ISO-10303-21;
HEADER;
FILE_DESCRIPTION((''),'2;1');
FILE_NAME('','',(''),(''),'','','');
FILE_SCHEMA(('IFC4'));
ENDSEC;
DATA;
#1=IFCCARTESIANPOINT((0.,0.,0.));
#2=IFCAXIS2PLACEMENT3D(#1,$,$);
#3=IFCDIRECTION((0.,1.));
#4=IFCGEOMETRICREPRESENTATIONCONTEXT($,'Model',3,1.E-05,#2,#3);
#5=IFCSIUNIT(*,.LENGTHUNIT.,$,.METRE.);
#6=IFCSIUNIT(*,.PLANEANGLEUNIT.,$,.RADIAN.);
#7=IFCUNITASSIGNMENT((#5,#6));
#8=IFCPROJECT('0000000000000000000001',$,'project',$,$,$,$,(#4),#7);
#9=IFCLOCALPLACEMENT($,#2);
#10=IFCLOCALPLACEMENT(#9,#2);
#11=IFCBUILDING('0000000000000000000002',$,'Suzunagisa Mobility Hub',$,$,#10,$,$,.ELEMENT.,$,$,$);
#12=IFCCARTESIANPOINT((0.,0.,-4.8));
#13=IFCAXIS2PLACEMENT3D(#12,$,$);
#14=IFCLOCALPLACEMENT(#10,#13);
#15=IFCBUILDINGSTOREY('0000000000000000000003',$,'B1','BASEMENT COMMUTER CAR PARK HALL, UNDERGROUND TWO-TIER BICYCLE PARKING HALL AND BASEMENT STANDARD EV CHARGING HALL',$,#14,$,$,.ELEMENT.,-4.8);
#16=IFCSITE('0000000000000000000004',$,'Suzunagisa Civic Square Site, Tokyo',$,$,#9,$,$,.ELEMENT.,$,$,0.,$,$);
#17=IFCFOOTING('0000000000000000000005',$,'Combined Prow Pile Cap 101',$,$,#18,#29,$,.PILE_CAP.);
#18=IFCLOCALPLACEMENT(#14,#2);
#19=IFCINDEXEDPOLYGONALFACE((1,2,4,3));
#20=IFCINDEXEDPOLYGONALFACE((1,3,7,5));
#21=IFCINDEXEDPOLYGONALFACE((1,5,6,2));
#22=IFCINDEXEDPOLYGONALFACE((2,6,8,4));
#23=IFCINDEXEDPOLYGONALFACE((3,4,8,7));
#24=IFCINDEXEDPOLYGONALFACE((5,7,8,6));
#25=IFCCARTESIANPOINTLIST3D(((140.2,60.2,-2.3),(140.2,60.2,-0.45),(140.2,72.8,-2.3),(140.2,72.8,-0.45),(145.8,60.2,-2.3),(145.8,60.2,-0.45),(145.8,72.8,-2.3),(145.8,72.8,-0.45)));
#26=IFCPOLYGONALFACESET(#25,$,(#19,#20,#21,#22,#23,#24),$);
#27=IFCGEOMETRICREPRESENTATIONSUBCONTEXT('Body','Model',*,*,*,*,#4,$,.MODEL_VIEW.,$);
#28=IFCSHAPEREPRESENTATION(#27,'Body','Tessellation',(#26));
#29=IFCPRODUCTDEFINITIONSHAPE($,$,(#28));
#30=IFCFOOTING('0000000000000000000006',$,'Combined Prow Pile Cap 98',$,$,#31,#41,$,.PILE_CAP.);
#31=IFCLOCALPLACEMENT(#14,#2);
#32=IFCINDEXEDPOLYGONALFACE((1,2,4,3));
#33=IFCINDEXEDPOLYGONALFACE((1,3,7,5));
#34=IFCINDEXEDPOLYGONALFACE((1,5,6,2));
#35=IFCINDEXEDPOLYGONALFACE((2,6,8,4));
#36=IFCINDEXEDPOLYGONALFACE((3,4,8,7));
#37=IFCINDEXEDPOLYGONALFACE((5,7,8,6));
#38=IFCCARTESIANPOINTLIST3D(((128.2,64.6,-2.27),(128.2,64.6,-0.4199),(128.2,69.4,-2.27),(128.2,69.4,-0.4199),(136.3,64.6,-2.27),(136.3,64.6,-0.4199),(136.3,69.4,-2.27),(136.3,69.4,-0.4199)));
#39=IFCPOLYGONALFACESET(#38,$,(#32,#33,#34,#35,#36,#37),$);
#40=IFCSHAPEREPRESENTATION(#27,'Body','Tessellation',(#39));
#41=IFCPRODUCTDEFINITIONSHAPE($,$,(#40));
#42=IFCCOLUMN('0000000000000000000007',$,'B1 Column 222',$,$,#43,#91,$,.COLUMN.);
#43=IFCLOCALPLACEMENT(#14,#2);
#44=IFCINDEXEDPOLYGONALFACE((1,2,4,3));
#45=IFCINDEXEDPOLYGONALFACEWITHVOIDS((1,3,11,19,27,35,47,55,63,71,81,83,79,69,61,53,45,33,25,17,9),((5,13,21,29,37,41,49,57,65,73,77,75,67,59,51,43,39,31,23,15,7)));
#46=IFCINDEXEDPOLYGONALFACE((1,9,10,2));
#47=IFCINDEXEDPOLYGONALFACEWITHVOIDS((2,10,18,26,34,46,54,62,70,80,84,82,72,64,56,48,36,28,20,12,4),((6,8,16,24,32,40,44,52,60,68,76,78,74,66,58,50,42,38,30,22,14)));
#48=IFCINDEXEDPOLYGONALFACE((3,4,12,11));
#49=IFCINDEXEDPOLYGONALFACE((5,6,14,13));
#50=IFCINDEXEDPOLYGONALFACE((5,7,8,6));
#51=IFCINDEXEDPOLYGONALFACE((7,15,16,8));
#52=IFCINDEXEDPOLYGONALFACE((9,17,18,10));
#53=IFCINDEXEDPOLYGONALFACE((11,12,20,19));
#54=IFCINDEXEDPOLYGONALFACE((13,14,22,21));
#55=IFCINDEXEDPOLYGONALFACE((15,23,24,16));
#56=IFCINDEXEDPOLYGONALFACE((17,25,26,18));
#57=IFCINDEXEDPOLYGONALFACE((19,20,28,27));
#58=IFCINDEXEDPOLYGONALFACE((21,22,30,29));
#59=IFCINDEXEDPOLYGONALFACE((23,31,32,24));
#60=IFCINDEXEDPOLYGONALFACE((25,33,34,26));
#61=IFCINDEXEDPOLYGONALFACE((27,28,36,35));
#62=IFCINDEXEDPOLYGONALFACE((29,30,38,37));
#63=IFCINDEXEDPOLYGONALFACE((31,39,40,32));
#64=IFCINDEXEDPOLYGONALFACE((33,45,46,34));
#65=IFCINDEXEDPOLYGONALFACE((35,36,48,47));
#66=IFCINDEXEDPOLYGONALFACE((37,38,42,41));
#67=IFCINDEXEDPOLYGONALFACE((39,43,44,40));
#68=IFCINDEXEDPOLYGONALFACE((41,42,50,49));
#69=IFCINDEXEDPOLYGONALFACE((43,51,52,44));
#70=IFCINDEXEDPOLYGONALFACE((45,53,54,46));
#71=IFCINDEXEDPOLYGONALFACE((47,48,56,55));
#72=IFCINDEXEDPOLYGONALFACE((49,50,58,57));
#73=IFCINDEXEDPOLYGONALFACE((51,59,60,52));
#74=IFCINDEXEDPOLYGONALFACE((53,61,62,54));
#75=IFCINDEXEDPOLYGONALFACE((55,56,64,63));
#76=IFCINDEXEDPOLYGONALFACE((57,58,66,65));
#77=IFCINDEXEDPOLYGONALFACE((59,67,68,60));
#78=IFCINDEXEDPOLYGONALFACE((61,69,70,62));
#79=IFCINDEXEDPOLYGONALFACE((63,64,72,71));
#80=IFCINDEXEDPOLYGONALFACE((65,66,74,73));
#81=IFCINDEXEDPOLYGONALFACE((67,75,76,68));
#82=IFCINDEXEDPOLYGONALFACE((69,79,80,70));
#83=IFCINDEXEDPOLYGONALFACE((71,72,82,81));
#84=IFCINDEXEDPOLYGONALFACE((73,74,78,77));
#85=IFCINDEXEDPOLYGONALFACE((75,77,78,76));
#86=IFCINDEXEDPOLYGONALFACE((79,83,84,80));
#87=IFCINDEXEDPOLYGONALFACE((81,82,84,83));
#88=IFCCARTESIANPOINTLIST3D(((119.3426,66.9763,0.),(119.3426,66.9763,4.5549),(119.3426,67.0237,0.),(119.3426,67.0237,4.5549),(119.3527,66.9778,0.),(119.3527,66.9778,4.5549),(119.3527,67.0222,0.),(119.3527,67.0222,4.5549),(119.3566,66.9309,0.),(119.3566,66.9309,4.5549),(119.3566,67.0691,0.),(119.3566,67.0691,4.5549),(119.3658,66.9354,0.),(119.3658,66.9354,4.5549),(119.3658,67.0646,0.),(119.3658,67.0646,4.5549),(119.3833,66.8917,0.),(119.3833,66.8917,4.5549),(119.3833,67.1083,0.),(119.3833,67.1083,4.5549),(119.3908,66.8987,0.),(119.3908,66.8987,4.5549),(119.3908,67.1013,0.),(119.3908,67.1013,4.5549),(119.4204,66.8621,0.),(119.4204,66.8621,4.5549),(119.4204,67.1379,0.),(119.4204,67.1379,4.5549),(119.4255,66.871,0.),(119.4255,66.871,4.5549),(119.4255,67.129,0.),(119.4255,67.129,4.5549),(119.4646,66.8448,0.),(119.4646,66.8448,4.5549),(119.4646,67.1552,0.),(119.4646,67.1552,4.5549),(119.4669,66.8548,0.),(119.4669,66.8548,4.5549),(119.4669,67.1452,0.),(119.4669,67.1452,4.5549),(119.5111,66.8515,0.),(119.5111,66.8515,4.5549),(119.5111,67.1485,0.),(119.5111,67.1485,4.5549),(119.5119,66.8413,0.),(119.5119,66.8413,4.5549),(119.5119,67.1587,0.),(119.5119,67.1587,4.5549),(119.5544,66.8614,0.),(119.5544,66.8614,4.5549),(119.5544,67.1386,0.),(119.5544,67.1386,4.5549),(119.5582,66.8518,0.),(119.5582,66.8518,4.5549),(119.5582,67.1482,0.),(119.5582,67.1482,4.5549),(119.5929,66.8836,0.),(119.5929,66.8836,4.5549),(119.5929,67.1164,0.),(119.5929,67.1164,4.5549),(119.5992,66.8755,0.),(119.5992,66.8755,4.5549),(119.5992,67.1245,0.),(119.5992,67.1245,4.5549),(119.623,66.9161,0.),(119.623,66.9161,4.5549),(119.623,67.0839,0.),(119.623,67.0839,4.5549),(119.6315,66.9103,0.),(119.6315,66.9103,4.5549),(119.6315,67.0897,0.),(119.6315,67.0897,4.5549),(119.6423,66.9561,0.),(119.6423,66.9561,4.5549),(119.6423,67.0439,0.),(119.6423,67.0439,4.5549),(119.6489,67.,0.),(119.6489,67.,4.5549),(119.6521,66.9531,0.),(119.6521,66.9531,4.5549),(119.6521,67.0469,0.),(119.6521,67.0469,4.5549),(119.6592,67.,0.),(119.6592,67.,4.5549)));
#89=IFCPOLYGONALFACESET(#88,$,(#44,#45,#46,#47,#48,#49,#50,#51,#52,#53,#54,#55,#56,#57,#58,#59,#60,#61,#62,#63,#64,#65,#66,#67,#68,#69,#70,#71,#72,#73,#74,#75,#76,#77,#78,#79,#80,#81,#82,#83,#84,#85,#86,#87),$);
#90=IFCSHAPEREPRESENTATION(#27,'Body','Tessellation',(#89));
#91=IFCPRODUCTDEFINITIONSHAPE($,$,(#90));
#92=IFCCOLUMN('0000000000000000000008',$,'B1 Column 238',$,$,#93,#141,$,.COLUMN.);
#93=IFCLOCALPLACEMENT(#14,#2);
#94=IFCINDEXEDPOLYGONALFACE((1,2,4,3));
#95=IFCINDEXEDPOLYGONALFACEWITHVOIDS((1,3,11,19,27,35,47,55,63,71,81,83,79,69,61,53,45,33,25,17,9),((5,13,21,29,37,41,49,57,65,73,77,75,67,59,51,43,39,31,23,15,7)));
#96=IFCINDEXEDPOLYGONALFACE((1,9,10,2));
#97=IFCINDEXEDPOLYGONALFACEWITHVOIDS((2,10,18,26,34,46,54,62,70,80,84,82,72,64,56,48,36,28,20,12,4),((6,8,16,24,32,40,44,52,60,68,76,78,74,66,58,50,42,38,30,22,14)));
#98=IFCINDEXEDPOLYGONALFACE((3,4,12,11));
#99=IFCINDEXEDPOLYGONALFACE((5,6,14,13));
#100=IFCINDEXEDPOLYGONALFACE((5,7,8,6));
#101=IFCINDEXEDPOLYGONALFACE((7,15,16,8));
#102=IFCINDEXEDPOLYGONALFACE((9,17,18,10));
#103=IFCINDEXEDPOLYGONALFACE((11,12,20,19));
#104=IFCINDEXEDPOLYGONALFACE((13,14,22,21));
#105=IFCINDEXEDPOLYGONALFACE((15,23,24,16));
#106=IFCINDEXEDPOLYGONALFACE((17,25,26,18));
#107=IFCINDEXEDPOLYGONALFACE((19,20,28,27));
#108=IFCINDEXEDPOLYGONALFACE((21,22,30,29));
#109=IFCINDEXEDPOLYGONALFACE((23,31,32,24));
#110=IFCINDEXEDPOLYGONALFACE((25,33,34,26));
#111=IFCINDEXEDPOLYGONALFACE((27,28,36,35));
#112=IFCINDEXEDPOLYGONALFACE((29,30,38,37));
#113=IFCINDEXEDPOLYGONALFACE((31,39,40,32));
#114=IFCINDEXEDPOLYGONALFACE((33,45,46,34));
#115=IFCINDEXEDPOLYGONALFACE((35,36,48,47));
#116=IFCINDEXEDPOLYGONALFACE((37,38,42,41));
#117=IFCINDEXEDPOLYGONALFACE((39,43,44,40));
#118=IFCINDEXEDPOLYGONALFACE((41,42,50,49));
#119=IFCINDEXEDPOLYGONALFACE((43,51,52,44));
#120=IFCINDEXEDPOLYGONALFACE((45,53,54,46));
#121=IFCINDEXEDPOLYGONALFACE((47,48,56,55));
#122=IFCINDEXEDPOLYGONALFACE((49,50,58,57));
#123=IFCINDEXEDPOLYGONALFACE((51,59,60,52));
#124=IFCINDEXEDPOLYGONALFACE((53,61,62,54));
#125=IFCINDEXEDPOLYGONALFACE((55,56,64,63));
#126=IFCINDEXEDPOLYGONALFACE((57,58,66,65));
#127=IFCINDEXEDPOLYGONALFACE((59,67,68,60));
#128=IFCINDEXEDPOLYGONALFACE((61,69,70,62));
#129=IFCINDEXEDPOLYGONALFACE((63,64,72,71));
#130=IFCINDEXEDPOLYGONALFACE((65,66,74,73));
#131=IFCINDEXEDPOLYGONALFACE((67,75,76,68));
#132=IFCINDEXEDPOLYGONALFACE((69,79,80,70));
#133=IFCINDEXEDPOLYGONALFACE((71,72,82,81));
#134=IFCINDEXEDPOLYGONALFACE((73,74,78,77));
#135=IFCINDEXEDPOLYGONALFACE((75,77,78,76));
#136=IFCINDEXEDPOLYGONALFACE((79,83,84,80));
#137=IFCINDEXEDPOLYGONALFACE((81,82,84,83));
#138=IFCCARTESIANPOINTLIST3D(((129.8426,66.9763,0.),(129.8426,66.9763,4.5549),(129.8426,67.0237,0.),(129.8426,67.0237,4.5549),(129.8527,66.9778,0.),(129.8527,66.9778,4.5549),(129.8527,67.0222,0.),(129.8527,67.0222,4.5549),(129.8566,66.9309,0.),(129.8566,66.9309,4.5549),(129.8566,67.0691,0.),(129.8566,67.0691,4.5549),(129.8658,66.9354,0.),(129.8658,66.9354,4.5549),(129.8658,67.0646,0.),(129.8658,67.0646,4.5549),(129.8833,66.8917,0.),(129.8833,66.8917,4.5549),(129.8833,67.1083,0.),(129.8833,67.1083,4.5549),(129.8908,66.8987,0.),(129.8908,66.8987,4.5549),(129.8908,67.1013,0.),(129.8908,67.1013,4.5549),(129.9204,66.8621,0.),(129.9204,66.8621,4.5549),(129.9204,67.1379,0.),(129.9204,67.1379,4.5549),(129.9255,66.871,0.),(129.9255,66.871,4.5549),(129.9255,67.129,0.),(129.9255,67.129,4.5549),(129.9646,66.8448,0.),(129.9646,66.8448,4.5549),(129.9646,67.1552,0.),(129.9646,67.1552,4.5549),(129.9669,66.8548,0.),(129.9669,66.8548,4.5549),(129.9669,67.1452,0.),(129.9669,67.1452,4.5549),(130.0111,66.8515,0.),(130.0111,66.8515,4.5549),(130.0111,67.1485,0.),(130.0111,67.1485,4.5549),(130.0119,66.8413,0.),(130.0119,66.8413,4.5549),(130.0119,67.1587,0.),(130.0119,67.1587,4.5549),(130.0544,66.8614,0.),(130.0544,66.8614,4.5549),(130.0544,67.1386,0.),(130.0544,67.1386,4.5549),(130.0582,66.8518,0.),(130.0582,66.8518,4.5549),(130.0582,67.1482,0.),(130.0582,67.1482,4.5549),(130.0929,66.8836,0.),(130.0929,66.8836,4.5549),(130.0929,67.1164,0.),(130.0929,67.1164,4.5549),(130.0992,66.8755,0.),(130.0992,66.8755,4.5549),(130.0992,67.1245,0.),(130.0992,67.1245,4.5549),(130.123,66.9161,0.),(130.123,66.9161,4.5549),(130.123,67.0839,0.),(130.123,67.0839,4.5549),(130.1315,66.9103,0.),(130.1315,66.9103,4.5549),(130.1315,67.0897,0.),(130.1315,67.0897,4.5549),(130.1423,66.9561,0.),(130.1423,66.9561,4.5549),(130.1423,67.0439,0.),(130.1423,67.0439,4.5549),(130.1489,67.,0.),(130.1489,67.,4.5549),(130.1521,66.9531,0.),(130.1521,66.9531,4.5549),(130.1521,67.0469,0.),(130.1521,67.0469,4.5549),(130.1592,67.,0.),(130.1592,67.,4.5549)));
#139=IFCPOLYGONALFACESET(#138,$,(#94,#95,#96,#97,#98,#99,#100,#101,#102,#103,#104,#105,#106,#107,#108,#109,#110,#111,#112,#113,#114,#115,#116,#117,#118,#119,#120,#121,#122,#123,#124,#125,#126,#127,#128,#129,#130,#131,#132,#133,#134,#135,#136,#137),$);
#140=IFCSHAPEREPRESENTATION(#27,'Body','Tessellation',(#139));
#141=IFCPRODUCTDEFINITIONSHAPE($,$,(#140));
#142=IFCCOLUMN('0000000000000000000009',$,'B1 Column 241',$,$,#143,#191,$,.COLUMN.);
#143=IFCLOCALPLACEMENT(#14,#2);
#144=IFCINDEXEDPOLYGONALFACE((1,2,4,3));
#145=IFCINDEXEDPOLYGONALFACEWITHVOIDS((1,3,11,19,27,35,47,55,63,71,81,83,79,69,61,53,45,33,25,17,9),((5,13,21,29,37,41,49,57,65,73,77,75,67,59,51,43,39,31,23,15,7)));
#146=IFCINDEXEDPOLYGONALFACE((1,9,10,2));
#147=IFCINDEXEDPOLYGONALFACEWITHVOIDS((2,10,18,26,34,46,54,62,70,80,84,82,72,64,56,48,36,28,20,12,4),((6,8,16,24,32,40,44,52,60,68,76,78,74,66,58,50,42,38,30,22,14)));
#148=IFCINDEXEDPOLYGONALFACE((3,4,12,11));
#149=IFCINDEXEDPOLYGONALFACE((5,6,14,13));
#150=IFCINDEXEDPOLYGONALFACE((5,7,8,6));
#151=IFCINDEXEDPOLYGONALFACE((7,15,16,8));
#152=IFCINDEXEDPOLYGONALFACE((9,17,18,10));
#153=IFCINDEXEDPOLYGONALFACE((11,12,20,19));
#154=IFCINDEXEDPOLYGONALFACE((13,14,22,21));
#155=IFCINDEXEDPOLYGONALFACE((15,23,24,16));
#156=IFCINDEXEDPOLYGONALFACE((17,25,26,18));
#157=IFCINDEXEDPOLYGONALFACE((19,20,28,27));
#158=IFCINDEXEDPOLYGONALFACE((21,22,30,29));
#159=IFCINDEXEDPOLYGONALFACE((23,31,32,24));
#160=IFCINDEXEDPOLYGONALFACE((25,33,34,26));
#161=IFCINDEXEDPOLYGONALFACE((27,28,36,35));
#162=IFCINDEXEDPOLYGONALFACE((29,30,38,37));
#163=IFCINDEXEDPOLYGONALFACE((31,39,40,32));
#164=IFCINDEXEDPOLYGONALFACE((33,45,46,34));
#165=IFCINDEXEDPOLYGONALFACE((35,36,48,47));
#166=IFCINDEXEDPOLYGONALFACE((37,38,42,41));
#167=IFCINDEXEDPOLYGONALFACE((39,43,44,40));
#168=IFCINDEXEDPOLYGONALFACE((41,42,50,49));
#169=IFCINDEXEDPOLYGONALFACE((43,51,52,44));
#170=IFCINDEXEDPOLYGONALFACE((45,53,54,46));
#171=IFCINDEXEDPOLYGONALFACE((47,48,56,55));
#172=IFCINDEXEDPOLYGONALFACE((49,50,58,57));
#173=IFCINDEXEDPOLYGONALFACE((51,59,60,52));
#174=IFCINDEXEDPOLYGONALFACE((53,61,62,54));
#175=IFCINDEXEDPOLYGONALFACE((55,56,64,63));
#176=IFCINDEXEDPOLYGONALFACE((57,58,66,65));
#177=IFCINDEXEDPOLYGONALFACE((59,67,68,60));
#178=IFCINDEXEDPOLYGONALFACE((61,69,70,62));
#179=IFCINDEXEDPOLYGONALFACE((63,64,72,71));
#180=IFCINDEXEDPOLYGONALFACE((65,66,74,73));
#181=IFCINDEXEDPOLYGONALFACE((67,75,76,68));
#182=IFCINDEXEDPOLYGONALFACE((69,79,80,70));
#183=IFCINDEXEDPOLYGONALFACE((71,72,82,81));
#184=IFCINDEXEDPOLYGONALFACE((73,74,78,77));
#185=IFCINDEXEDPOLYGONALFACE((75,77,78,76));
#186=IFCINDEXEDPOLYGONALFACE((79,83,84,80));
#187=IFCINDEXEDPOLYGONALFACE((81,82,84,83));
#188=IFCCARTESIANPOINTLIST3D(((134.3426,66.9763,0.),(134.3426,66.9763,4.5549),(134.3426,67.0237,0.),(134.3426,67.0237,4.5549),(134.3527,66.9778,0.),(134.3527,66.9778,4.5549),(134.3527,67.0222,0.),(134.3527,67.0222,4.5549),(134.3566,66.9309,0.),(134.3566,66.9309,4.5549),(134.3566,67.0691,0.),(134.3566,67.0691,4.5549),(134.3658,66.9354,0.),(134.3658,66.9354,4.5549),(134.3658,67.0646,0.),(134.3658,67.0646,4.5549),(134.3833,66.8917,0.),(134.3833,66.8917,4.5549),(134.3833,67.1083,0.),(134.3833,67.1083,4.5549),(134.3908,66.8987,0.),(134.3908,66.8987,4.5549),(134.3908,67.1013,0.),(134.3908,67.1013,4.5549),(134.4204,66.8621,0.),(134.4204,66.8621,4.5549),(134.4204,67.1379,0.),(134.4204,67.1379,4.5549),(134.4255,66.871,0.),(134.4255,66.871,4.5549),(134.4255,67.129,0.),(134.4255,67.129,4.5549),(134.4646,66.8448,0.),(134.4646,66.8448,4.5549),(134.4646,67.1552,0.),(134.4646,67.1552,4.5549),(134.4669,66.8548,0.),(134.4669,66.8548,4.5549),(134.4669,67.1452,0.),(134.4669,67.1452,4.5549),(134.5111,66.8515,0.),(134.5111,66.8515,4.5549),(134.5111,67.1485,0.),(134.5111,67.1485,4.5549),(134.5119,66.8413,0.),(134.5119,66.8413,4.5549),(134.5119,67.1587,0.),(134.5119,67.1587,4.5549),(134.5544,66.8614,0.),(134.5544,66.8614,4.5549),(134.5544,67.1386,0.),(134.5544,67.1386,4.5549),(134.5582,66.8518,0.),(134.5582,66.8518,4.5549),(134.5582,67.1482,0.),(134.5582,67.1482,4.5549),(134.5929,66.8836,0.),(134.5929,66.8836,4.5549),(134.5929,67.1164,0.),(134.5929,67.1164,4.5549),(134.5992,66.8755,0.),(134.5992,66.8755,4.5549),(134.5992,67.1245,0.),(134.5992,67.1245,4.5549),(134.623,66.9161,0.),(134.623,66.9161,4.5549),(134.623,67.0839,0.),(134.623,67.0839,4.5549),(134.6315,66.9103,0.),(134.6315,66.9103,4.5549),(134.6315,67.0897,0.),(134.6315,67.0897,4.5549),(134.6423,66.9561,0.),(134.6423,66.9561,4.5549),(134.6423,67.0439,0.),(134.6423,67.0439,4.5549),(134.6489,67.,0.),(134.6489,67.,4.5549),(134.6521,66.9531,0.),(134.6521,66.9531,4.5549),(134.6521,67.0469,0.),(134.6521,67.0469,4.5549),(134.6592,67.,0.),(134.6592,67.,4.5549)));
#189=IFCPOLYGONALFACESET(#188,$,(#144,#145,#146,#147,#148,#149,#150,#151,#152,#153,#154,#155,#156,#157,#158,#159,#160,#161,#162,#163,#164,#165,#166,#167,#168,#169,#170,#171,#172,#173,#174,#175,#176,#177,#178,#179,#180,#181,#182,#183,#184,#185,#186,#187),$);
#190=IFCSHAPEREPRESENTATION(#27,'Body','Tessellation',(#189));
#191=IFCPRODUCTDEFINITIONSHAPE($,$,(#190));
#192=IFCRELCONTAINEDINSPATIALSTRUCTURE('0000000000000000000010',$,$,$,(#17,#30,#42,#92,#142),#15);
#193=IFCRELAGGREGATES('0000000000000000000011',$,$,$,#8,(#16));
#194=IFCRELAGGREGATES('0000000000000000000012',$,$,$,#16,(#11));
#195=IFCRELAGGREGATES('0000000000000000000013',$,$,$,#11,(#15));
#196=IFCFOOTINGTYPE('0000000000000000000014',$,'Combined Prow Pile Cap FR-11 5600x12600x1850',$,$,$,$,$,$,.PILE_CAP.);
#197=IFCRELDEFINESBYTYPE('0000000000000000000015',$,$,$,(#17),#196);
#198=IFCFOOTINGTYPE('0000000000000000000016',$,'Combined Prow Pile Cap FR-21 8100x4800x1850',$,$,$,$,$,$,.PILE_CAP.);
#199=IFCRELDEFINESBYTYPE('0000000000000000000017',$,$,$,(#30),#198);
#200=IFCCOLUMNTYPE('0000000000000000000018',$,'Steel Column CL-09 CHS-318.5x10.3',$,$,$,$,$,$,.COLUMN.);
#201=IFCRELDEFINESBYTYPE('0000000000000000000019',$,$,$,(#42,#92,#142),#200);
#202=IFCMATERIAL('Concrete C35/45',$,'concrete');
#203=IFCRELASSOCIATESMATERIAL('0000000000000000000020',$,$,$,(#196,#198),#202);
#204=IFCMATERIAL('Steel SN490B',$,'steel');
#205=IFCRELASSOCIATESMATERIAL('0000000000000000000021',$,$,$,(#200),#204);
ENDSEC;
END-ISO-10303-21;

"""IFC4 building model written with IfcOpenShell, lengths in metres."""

from ifc_helpers import new_model, si_unit, direction, frame, origin, origin_2d, place, context, subcontext, project, spatial, rectangle, hollow_circle, extrude, material, material_profile, profile_set, type_object, element, save


model = new_model("IFC4")

# Units and contexts
model_context = context("Model", 3, precision=1e-05, world=origin(), true_north=direction((0.0, 1.0)))
body_context = subcontext(model_context, "Body", "Model", "MODEL_VIEW")
ifc_project = project(units=[si_unit("LENGTHUNIT", "METRE"), si_unit("PLANEANGLEUNIT", "RADIAN")], contexts=[model_context])

# Site, building, storey
site_placement = place(None, origin())
site = spatial("IfcSite", under=ifc_project, at=site_placement, Name="Suzunagisa Civic Square Site, Tokyo", CompositionType="ELEMENT", RefElevation=0.0)
building_placement = place(site_placement, origin())
building = spatial("IfcBuilding", under=site, at=building_placement, Name="Suzunagisa Mobility Hub", CompositionType="ELEMENT")
storey_placement = place(building_placement, frame((0.0, 0.0, -4.8)))
storey = spatial("IfcBuildingStorey", under=building, at=storey_placement, Name="B1", Description="BASEMENT COMMUTER CAR PARK HALL, UNDERGROUND TWO-TIER BICYCLE PARKING HALL AND BASEMENT STANDARD EV CHARGING HALL", CompositionType="ELEMENT", Elevation=-4.8)

# Footings
ifc_material_1 = material(Name="Concrete C35/45", Category="concrete")
footing_type_1 = type_object("IfcFootingType", Name="Combined Prow Pile Cap FR-11 5600x12600x1850", PredefinedType="PILE_CAP", material=ifc_material_1)
footing_1_placement = place(storey_placement, frame((143.0, 66.5, -2.3), z_axis=(0.0, 0.0, 1.0), x_axis=(1.0, 0.0, 0.0)))
element("IfcFooting", 1, at=footing_1_placement, inside=storey, type_object=footing_type_1, Name="Combined Prow Pile Cap 101", PredefinedType="PILE_CAP", context=body_context, shape_type="SweptSolid", body=[
    extrude(rectangle(XDim=5.6001, YDim=12.6001, at=origin_2d()), origin(), (0.0, 0.0, 1.0), 1.8501),
])
footing_type_2 = type_object("IfcFootingType", Name="Combined Prow Pile Cap FR-21 8100x4800x1850", PredefinedType="PILE_CAP", material=ifc_material_1)
footing_2_placement = place(storey_placement, frame((132.25, 67.0, -2.27), z_axis=(0.0, 0.0, 1.0), x_axis=(1.0, 0.0, 0.0)))
element("IfcFooting", 2, at=footing_2_placement, inside=storey, type_object=footing_type_2, Name="Combined Prow Pile Cap 98", PredefinedType="PILE_CAP", context=body_context, shape_type="SweptSolid", body=[
    extrude(rectangle(XDim=8.1001, YDim=4.8, at=origin_2d()), origin(), (0.0, 0.0, 1.0), 1.8501),
])

# Columns
ifc_material_2 = material(Name="Steel SN490B", Category="steel")
ifc_material_profile_1 = material_profile(ifc_material_2, hollow_circle(Radius=0.1592, WallThickness=0.0103, at=origin_2d()), Name="CHS-318.5x10.3")
ifc_profile_set_1 = profile_set([ifc_material_profile_1], Name="Steel SN490B")
column_type = type_object("IfcColumnType", Name="Steel Column CL-09 CHS-318.5x10.3", PredefinedType="COLUMN", material=ifc_profile_set_1)
for number, where, z_axis, x_axis, name in (
    (3, (119.5, 67.0, 0.0), (0.0, 0.0, 1.0), (1.0, 0.0, 0.0), "B1 Column 222"),
    (4, (130.0, 67.0, 0.0), (0.0, 0.0, 1.0), (1.0, 0.0, 0.0), "B1 Column 238"),
    (5, (134.5, 67.0, 0.0), (0.0, 0.0, 1.0), (1.0, 0.0, 0.0), "B1 Column 241"),
):
    element("IfcColumn", number, at=place(storey_placement, frame(where, z_axis=z_axis, x_axis=x_axis)), inside=storey, type_object=column_type, Name=name, PredefinedType="COLUMN", context=body_context, shape_type="SweptSolid", body=[
        extrude(hollow_circle(Radius=0.1592, WallThickness=0.0103, at=origin_2d()), origin(), (0.0, 0.0, 1.0), 4.5549),
    ])

save(model, "model.ifc")
